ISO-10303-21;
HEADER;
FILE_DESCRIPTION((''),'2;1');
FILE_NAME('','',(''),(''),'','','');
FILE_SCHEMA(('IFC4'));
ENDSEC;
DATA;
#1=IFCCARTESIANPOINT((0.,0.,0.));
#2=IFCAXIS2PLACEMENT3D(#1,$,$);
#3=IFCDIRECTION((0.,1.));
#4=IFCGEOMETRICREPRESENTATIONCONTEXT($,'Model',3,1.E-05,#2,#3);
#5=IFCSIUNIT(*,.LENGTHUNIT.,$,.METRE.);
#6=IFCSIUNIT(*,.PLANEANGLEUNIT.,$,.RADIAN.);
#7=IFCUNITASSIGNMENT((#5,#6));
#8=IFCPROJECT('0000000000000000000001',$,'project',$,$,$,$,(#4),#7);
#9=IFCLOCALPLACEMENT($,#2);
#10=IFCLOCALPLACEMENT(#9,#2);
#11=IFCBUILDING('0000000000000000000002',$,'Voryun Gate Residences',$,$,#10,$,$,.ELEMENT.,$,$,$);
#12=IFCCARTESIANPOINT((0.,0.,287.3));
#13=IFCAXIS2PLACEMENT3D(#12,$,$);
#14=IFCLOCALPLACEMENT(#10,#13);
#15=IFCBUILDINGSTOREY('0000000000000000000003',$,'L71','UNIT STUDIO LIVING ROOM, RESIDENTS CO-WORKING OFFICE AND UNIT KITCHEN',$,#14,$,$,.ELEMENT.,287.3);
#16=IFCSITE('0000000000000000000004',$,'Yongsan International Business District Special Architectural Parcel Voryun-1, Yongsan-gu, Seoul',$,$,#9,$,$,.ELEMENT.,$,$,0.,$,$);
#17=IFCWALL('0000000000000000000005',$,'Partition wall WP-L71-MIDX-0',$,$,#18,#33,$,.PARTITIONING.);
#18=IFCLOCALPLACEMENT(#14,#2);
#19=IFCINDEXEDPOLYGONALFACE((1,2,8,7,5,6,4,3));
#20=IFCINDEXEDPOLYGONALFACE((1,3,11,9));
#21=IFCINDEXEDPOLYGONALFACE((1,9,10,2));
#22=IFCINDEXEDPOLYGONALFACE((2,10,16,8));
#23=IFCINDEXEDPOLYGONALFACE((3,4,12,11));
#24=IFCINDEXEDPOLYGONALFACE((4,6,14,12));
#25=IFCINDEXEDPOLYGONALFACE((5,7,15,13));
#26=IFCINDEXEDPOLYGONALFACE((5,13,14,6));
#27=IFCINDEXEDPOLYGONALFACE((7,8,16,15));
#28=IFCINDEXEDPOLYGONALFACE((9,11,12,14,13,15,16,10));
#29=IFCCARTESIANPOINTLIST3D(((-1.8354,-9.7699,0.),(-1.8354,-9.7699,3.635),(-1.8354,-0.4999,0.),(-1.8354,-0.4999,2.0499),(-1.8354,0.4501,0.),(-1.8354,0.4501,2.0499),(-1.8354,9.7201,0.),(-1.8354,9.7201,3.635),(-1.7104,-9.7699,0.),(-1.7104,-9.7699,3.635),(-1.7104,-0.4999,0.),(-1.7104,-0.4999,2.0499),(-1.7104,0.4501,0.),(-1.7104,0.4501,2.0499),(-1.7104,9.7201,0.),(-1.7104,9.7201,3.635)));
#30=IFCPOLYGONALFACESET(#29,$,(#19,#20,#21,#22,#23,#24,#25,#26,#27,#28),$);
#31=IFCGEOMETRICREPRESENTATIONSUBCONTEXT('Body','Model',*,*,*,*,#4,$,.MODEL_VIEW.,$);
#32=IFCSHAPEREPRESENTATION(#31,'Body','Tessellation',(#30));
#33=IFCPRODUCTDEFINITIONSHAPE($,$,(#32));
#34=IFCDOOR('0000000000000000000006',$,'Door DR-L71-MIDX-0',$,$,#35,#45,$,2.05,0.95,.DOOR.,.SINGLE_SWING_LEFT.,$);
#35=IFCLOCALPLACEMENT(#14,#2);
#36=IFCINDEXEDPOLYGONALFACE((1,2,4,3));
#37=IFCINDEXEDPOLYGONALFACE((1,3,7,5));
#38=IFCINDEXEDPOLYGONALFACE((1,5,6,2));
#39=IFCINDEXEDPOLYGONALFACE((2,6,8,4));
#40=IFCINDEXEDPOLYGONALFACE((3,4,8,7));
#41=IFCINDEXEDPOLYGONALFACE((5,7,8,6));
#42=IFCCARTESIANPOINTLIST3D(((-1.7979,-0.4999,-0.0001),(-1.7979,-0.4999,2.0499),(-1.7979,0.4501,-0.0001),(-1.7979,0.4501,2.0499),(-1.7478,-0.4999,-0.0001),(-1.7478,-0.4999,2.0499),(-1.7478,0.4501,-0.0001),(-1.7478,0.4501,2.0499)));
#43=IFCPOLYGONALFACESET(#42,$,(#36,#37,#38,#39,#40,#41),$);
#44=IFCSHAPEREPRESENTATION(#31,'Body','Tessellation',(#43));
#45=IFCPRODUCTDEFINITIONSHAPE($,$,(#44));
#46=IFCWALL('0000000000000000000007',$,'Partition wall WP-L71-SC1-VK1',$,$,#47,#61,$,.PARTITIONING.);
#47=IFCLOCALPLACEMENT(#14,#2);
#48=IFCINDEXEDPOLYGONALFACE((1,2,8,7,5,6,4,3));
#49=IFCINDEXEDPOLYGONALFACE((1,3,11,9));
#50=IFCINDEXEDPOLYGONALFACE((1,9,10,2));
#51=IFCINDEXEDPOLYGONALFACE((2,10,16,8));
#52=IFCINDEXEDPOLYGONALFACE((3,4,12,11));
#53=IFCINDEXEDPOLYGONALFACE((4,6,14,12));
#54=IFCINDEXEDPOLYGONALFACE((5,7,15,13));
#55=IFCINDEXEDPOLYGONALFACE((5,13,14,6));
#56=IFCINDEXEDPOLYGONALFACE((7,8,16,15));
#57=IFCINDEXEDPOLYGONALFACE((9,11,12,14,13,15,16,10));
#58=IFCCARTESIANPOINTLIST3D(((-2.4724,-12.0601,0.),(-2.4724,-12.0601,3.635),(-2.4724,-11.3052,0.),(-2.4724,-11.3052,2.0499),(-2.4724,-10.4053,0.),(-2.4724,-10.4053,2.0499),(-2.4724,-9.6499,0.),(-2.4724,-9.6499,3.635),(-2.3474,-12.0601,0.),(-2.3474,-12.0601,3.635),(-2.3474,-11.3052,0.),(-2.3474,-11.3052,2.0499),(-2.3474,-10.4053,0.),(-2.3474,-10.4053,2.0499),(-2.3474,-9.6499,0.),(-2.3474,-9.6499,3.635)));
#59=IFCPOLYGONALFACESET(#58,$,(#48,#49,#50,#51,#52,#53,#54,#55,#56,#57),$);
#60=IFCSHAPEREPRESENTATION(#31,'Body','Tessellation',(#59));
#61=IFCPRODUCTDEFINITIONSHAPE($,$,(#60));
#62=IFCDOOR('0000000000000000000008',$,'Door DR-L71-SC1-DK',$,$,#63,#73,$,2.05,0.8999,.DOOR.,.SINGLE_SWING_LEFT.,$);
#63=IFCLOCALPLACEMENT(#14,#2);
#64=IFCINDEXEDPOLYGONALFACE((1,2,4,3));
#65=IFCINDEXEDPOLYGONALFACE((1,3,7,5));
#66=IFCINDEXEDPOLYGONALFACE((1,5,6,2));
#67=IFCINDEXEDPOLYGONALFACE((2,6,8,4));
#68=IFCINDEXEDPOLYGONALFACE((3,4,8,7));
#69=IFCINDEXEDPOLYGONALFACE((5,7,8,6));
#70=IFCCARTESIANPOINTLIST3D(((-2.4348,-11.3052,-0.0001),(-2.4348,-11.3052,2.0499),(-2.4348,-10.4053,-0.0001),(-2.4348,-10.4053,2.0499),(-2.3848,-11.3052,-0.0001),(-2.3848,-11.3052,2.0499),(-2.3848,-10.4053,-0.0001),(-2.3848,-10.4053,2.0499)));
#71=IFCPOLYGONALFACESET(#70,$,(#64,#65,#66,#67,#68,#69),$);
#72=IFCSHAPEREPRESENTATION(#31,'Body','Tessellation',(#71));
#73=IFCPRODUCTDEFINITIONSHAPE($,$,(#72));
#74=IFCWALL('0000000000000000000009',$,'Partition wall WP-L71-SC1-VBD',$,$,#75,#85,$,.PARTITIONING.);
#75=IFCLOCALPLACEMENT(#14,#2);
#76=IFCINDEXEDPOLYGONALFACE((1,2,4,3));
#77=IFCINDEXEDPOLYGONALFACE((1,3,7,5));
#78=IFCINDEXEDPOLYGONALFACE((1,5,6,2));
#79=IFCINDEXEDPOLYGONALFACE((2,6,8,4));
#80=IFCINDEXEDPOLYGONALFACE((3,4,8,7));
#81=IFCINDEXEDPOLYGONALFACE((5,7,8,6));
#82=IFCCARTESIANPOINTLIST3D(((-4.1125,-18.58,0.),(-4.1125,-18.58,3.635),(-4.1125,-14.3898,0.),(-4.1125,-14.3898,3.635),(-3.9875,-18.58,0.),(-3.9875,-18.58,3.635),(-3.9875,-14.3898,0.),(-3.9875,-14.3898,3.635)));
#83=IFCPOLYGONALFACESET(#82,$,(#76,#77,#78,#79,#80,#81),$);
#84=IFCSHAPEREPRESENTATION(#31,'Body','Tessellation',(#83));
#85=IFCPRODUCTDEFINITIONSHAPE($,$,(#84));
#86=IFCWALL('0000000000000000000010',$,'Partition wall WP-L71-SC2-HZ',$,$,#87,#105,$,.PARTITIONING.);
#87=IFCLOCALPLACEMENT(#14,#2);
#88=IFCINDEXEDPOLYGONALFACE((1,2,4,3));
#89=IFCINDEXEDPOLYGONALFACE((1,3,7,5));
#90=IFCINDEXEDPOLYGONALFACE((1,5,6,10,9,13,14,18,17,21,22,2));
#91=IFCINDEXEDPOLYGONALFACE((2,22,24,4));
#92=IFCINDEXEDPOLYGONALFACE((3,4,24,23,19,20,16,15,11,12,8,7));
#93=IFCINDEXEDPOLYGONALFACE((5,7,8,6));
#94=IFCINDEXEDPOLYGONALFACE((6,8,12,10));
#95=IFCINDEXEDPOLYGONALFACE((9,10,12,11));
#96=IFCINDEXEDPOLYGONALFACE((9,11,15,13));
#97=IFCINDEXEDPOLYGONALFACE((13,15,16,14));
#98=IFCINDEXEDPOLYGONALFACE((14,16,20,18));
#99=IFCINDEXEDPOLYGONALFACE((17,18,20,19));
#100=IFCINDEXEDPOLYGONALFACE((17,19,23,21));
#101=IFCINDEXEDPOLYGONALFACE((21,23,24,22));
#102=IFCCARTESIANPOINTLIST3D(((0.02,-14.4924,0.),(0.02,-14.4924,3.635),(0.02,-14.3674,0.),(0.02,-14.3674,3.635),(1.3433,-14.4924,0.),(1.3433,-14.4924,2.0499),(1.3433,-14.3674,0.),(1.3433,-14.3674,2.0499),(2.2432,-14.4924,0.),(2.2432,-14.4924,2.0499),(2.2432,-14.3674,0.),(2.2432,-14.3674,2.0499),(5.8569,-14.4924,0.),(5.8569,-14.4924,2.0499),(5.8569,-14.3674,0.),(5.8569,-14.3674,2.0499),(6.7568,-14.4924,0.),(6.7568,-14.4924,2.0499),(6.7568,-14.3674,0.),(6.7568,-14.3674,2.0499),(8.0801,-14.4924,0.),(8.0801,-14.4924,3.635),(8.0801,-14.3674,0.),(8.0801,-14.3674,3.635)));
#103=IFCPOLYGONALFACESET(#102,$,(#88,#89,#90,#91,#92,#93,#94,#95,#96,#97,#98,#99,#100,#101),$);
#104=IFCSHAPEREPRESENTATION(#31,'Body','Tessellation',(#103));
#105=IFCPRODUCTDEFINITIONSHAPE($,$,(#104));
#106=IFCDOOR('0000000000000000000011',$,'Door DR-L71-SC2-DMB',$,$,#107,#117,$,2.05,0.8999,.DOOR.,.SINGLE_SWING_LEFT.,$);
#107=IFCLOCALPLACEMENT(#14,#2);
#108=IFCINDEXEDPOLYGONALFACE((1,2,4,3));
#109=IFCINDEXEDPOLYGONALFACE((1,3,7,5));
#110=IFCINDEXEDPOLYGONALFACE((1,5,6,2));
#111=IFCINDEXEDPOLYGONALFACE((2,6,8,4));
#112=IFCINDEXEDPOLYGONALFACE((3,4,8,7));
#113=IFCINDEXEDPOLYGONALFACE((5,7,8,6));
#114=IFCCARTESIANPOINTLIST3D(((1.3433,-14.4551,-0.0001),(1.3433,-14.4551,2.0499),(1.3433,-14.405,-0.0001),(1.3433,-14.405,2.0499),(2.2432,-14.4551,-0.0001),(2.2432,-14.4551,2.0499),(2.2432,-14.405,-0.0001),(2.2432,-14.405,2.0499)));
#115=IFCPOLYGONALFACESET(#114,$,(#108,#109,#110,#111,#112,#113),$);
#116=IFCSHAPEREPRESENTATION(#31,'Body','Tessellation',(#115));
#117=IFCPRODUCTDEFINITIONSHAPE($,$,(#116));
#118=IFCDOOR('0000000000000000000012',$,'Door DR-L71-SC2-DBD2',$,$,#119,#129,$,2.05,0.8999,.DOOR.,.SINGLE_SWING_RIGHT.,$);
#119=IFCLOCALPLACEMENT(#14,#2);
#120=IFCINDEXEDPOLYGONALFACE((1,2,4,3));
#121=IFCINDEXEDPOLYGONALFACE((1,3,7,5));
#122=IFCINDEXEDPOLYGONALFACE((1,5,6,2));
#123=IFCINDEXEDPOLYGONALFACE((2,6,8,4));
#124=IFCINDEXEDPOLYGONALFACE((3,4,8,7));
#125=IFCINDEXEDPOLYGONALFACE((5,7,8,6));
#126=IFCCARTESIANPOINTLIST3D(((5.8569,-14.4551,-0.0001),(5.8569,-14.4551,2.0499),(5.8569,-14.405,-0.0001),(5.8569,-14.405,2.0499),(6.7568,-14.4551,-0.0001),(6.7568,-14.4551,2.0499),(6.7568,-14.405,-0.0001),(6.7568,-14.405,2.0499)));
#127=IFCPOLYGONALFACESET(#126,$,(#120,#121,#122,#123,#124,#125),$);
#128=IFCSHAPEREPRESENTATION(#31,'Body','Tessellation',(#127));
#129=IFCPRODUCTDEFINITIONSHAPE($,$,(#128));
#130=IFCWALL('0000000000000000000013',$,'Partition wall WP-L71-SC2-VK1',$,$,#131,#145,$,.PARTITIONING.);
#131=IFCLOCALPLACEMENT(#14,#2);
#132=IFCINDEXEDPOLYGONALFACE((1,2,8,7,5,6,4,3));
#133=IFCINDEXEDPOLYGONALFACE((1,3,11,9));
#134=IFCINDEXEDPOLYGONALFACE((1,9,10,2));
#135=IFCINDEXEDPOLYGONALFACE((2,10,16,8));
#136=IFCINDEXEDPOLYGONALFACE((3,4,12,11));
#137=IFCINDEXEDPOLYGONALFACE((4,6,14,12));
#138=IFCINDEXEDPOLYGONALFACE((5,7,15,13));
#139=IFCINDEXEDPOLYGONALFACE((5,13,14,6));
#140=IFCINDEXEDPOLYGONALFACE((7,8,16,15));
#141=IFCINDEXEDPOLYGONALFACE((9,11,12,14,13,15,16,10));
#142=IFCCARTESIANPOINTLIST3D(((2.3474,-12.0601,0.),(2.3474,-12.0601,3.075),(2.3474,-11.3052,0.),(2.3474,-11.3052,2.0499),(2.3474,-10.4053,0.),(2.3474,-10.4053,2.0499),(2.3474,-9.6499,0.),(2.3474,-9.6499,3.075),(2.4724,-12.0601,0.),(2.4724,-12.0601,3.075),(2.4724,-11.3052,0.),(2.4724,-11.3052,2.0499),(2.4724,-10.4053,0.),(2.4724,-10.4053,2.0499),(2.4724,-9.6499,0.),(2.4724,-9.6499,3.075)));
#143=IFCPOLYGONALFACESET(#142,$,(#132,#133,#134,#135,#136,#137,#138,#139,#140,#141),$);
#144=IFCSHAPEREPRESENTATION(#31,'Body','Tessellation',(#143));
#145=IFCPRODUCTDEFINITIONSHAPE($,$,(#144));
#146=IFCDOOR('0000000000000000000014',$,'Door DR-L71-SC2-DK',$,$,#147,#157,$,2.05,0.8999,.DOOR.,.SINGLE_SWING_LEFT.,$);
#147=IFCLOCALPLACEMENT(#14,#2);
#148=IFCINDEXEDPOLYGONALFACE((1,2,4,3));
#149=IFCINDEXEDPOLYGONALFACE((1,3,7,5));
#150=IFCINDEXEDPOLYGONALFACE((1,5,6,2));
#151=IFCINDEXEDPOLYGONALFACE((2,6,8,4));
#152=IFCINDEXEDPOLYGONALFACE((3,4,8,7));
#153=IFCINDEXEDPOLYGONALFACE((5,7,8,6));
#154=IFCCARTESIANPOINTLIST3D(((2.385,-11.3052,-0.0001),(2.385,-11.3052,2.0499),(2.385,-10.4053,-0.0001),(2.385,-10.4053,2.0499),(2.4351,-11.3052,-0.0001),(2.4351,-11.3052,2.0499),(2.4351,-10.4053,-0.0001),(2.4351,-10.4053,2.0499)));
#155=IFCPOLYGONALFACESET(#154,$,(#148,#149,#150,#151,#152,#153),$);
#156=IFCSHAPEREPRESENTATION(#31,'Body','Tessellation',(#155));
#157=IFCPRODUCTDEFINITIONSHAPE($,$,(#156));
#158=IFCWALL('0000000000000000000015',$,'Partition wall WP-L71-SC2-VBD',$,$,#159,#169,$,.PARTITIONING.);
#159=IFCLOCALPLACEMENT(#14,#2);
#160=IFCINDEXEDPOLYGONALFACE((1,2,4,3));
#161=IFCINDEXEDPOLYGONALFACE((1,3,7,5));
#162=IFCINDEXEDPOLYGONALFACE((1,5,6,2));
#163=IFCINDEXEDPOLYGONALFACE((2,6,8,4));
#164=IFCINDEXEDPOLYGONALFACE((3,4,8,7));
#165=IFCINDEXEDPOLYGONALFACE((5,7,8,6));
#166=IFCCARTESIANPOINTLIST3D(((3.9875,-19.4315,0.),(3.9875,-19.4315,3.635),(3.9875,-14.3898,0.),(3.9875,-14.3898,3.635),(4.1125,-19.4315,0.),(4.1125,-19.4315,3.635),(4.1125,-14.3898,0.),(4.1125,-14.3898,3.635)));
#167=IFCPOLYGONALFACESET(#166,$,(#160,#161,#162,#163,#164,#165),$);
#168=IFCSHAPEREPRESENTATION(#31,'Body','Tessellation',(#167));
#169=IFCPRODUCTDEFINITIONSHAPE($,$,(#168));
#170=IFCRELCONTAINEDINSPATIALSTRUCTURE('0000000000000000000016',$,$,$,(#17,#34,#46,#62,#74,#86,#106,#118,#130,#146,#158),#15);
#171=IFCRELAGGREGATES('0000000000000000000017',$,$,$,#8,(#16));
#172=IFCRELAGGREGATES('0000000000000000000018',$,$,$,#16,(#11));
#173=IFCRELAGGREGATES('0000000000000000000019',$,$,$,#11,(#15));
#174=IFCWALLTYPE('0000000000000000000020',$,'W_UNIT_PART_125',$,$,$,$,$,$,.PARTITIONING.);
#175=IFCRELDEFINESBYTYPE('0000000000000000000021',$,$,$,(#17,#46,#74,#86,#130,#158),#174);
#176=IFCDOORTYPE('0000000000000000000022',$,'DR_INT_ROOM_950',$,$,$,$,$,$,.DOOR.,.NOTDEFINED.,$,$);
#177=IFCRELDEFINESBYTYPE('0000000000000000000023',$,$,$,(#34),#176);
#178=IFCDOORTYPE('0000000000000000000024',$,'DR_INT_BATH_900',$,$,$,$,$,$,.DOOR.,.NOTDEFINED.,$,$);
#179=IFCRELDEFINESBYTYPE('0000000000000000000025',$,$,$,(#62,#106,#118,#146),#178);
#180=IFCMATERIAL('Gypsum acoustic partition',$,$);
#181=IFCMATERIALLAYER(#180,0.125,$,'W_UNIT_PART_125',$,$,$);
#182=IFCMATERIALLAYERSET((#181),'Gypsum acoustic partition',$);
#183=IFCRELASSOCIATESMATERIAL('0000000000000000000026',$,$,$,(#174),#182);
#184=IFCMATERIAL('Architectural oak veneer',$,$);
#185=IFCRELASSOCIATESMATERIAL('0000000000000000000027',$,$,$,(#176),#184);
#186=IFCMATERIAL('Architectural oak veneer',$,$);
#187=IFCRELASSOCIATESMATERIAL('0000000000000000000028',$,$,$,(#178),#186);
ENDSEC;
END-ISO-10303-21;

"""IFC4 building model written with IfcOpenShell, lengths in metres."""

from ifc_helpers import new_model, si_unit, direction, frame, frame_2d, origin, place, context, subcontext, project, spatial, rectangle, extrude, material, layer, layer_set, type_object, element, fill, save


model = new_model("IFC4")

# Units and contexts
model_context = context("Model", 3, precision=1e-05, world=origin(), true_north=direction((0.0, 1.0)))
body_context = subcontext(model_context, "Body", "Model", "MODEL_VIEW")
ifc_project = project(units=[si_unit("LENGTHUNIT", "METRE"), si_unit("PLANEANGLEUNIT", "RADIAN")], contexts=[model_context])

# Site, building, storey
site_placement = place(None, origin())
site = spatial("IfcSite", under=ifc_project, at=site_placement, Name="Yongsan International Business District Special Architectural Parcel Voryun-1, Yongsan-gu, Seoul", CompositionType="ELEMENT", RefElevation=0.0)
building_placement = place(site_placement, origin())
building = spatial("IfcBuilding", under=site, at=building_placement, Name="Voryun Gate Residences", CompositionType="ELEMENT")
storey_placement = place(building_placement, frame((0.0, 0.0, 287.3)))
storey = spatial("IfcBuildingStorey", under=building, at=storey_placement, Name="L71", Description="UNIT STUDIO LIVING ROOM, RESIDENTS CO-WORKING OFFICE AND UNIT KITCHEN", CompositionType="ELEMENT", Elevation=287.3)

# Walls, openings, doors
ifc_material_1 = material(Name="Gypsum acoustic partition")
ifc_layer_1 = layer(ifc_material_1, 0.125, Name="W_UNIT_PART_125")
ifc_layer_set_1 = layer_set([ifc_layer_1], Name="Gypsum acoustic partition")
wall_type_1 = type_object("IfcWallType", Name="W_UNIT_PART_125", PredefinedType="PARTITIONING", material=ifc_layer_set_1)
wall_1_placement = place(storey_placement, frame((-1.7729, -9.77, 0.0), z_axis=(0.0, 0.0, 1.0), x_axis=(0.0, 1.0, 0.0)))
wall_1 = element("IfcWall", 1, at=wall_1_placement, inside=storey, type_object=wall_type_1, Name="Partition wall WP-L71-MIDX-0", PredefinedType="PARTITIONING", context=body_context, shape_type="SweptSolid", body=[
    extrude(rectangle(XDim=19.49, YDim=0.125, at=frame_2d((9.7451, 0.0))), origin(), (0.0, 0.0, 1.0), 3.635),
])
opening_1_placement = place(wall_1_placement, frame((9.27, 0.0, 0.0)))
opening_1 = element("IfcOpeningElement", 2, at=opening_1_placement, cuts=wall_1, PredefinedType="OPENING", context=body_context, shape_type="SweptSolid", body=[
    extrude(rectangle(XDim=0.95, YDim=2.05, at=frame_2d((0.4751, 1.0249))), frame((0.0, 0.0725, 0.0), z_axis=(0.0, -1.0, 0.0), x_axis=(1.0, 0.0, 0.0)), (0.0, 0.0, 1.0), 0.145),
])
ifc_material_2 = material(Name="Architectural oak veneer")
door_type_1 = type_object("IfcDoorType", Name="DR_INT_ROOM_950", OperationType="NOTDEFINED", PredefinedType="DOOR", material=ifc_material_2)
door_1_placement = place(opening_1_placement, origin())
door_1 = element("IfcDoor", 3, at=door_1_placement, inside=storey, type_object=door_type_1, Name="Door DR-L71-MIDX-0", OperationType="SINGLE_SWING_LEFT", OverallHeight=2.05, OverallWidth=0.95, PredefinedType="DOOR", context=body_context, shape_type="SweptSolid", body=[
    extrude(rectangle(XDim=0.95, YDim=2.05, at=frame_2d((0.4751, 1.0249))), frame((0.0, 0.0249, 0.0), z_axis=(0.0, -1.0, 0.0), x_axis=(1.0, 0.0, 0.0)), (0.0, 0.0, 1.0), 0.05),
])
fill(opening_1, door_1)
wall_2_placement = place(storey_placement, frame((-2.4099, -12.0601, 0.0), z_axis=(0.0, 0.0, 1.0), x_axis=(0.0, 1.0, 0.0)))
wall_2 = element("IfcWall", 4, at=wall_2_placement, inside=storey, type_object=wall_type_1, Name="Partition wall WP-L71-SC1-VK1", PredefinedType="PARTITIONING", context=body_context, shape_type="SweptSolid", body=[
    extrude(rectangle(XDim=2.4102, YDim=0.125, at=frame_2d((1.2051, 0.0))), origin(), (0.0, 0.0, 1.0), 3.635),
])
opening_2_placement = place(wall_2_placement, frame((0.7549, 0.0, 0.0)))
opening_2 = element("IfcOpeningElement", 5, at=opening_2_placement, cuts=wall_2, PredefinedType="OPENING", context=body_context, shape_type="SweptSolid", body=[
    extrude(rectangle(XDim=0.8999, YDim=2.05, at=frame_2d((0.45, 1.0249))), frame((0.0, 0.0725, 0.0), z_axis=(0.0, -1.0, 0.0), x_axis=(1.0, 0.0, 0.0)), (0.0, 0.0, 1.0), 0.145),
])
ifc_material_3 = material(Name="Architectural oak veneer")
door_type_2 = type_object("IfcDoorType", Name="DR_INT_BATH_900", OperationType="NOTDEFINED", PredefinedType="DOOR", material=ifc_material_3)
door_2_placement = place(opening_2_placement, origin())
door_2 = element("IfcDoor", 6, at=door_2_placement, inside=storey, type_object=door_type_2, Name="Door DR-L71-SC1-DK", OperationType="SINGLE_SWING_LEFT", OverallHeight=2.05, OverallWidth=0.8999, PredefinedType="DOOR", context=body_context, shape_type="SweptSolid", body=[
    extrude(rectangle(XDim=0.8999, YDim=2.05, at=frame_2d((0.45, 1.0249))), frame((0.0, 0.0249, 0.0), z_axis=(0.0, -1.0, 0.0), x_axis=(1.0, 0.0, 0.0)), (0.0, 0.0, 1.0), 0.05),
])
fill(opening_2, door_2)

# Wall
wall_3_placement = place(storey_placement, frame((-4.05, -18.5801, 0.0), z_axis=(0.0, 0.0, 1.0), x_axis=(0.0, 1.0, 0.0)))
element("IfcWall", 7, at=wall_3_placement, inside=storey, type_object=wall_type_1, Name="Partition wall WP-L71-SC1-VBD", PredefinedType="PARTITIONING", context=body_context, shape_type="SweptSolid", body=[
    extrude(rectangle(XDim=4.1902, YDim=0.125, at=frame_2d((2.0952, 0.0))), origin(), (0.0, 0.0, 1.0), 3.635),
])

# Wall, openings, doors
wall_4_placement = place(storey_placement, frame((0.02, -14.4299, 0.0), z_axis=(0.0, 0.0, 1.0), x_axis=(1.0, 0.0, 0.0)))
wall_4 = element("IfcWall", 8, at=wall_4_placement, inside=storey, type_object=wall_type_1, Name="Partition wall WP-L71-SC2-HZ", PredefinedType="PARTITIONING", context=body_context, shape_type="SweptSolid", body=[
    extrude(rectangle(XDim=8.0601, YDim=0.125, at=frame_2d((4.03, 0.0))), origin(), (0.0, 0.0, 1.0), 3.635),
])
opening_3_placement = place(wall_4_placement, frame((1.3232, 0.0, 0.0)))
opening_3 = element("IfcOpeningElement", 9, at=opening_3_placement, cuts=wall_4, PredefinedType="OPENING", context=body_context, shape_type="SweptSolid", body=[
    extrude(rectangle(XDim=0.8999, YDim=2.05, at=frame_2d((0.45, 1.0249))), frame((0.0, 0.0725, 0.0), z_axis=(0.0, -1.0, 0.0), x_axis=(1.0, 0.0, 0.0)), (0.0, 0.0, 1.0), 0.145),
])
opening_4_placement = place(wall_4_placement, frame((5.8369, 0.0, 0.0)))
opening_4 = element("IfcOpeningElement", 10, at=opening_4_placement, cuts=wall_4, PredefinedType="OPENING", context=body_context, shape_type="SweptSolid", body=[
    extrude(rectangle(XDim=0.8999, YDim=2.05, at=frame_2d((0.45, 1.0249))), frame((0.0, 0.0725, 0.0), z_axis=(0.0, -1.0, 0.0), x_axis=(1.0, 0.0, 0.0)), (0.0, 0.0, 1.0), 0.145),
])
door_3_placement = place(opening_3_placement, origin())
door_3 = element("IfcDoor", 11, at=door_3_placement, inside=storey, type_object=door_type_2, Name="Door DR-L71-SC2-DMB", OperationType="SINGLE_SWING_LEFT", OverallHeight=2.05, OverallWidth=0.8999, PredefinedType="DOOR", context=body_context, shape_type="SweptSolid", body=[
    extrude(rectangle(XDim=0.8999, YDim=2.05, at=frame_2d((0.45, 1.0249))), frame((0.0, 0.0249, 0.0), z_axis=(0.0, -1.0, 0.0), x_axis=(1.0, 0.0, 0.0)), (0.0, 0.0, 1.0), 0.05),
])
fill(opening_3, door_3)
door_4_placement = place(opening_4_placement, origin())
door_4 = element("IfcDoor", 12, at=door_4_placement, inside=storey, type_object=door_type_2, Name="Door DR-L71-SC2-DBD2", OperationType="SINGLE_SWING_RIGHT", OverallHeight=2.05, OverallWidth=0.8999, PredefinedType="DOOR", context=body_context, shape_type="SweptSolid", body=[
    extrude(rectangle(XDim=0.8999, YDim=2.05, at=frame_2d((0.45, 1.0249))), frame((0.0, 0.0249, 0.0), z_axis=(0.0, -1.0, 0.0), x_axis=(1.0, 0.0, 0.0)), (0.0, 0.0, 1.0), 0.05),
])
fill(opening_4, door_4)

# Wall, opening, door
wall_5_placement = place(storey_placement, frame((2.4099, -12.0601, 0.0), z_axis=(0.0, 0.0, 1.0), x_axis=(0.0, 1.0, 0.0)))
wall_5 = element("IfcWall", 13, at=wall_5_placement, inside=storey, type_object=wall_type_1, Name="Partition wall WP-L71-SC2-VK1", PredefinedType="PARTITIONING", context=body_context, shape_type="SweptSolid", body=[
    extrude(rectangle(XDim=2.4102, YDim=0.125, at=frame_2d((1.2051, 0.0))), origin(), (0.0, 0.0, 1.0), 3.075),
])
opening_5_placement = place(wall_5_placement, frame((0.7549, 0.0, 0.0)))
opening_5 = element("IfcOpeningElement", 14, at=opening_5_placement, cuts=wall_5, PredefinedType="OPENING", context=body_context, shape_type="SweptSolid", body=[
    extrude(rectangle(XDim=0.8999, YDim=2.05, at=frame_2d((0.45, 1.0249))), frame((0.0, 0.0725, 0.0), z_axis=(0.0, -1.0, 0.0), x_axis=(1.0, 0.0, 0.0)), (0.0, 0.0, 1.0), 0.145),
])
door_5_placement = place(opening_5_placement, origin())
door_5 = element("IfcDoor", 15, at=door_5_placement, inside=storey, type_object=door_type_2, Name="Door DR-L71-SC2-DK", OperationType="SINGLE_SWING_LEFT", OverallHeight=2.05, OverallWidth=0.8999, PredefinedType="DOOR", context=body_context, shape_type="SweptSolid", body=[
    extrude(rectangle(XDim=0.8999, YDim=2.05, at=frame_2d((0.45, 1.0249))), frame((0.0, 0.0249, 0.0), z_axis=(0.0, -1.0, 0.0), x_axis=(1.0, 0.0, 0.0)), (0.0, 0.0, 1.0), 0.05),
])
fill(opening_5, door_5)

# Wall
wall_6_placement = place(storey_placement, frame((4.05, -19.4316, 0.0), z_axis=(0.0, 0.0, 1.0), x_axis=(0.0, 1.0, 0.0)))
element("IfcWall", 16, at=wall_6_placement, inside=storey, type_object=wall_type_1, Name="Partition wall WP-L71-SC2-VBD", PredefinedType="PARTITIONING", context=body_context, shape_type="SweptSolid", body=[
    extrude(rectangle(XDim=5.0417, YDim=0.125, at=frame_2d((2.521, 0.0))), origin(), (0.0, 0.0, 1.0), 3.635),
])

save(model, "model.ifc")
